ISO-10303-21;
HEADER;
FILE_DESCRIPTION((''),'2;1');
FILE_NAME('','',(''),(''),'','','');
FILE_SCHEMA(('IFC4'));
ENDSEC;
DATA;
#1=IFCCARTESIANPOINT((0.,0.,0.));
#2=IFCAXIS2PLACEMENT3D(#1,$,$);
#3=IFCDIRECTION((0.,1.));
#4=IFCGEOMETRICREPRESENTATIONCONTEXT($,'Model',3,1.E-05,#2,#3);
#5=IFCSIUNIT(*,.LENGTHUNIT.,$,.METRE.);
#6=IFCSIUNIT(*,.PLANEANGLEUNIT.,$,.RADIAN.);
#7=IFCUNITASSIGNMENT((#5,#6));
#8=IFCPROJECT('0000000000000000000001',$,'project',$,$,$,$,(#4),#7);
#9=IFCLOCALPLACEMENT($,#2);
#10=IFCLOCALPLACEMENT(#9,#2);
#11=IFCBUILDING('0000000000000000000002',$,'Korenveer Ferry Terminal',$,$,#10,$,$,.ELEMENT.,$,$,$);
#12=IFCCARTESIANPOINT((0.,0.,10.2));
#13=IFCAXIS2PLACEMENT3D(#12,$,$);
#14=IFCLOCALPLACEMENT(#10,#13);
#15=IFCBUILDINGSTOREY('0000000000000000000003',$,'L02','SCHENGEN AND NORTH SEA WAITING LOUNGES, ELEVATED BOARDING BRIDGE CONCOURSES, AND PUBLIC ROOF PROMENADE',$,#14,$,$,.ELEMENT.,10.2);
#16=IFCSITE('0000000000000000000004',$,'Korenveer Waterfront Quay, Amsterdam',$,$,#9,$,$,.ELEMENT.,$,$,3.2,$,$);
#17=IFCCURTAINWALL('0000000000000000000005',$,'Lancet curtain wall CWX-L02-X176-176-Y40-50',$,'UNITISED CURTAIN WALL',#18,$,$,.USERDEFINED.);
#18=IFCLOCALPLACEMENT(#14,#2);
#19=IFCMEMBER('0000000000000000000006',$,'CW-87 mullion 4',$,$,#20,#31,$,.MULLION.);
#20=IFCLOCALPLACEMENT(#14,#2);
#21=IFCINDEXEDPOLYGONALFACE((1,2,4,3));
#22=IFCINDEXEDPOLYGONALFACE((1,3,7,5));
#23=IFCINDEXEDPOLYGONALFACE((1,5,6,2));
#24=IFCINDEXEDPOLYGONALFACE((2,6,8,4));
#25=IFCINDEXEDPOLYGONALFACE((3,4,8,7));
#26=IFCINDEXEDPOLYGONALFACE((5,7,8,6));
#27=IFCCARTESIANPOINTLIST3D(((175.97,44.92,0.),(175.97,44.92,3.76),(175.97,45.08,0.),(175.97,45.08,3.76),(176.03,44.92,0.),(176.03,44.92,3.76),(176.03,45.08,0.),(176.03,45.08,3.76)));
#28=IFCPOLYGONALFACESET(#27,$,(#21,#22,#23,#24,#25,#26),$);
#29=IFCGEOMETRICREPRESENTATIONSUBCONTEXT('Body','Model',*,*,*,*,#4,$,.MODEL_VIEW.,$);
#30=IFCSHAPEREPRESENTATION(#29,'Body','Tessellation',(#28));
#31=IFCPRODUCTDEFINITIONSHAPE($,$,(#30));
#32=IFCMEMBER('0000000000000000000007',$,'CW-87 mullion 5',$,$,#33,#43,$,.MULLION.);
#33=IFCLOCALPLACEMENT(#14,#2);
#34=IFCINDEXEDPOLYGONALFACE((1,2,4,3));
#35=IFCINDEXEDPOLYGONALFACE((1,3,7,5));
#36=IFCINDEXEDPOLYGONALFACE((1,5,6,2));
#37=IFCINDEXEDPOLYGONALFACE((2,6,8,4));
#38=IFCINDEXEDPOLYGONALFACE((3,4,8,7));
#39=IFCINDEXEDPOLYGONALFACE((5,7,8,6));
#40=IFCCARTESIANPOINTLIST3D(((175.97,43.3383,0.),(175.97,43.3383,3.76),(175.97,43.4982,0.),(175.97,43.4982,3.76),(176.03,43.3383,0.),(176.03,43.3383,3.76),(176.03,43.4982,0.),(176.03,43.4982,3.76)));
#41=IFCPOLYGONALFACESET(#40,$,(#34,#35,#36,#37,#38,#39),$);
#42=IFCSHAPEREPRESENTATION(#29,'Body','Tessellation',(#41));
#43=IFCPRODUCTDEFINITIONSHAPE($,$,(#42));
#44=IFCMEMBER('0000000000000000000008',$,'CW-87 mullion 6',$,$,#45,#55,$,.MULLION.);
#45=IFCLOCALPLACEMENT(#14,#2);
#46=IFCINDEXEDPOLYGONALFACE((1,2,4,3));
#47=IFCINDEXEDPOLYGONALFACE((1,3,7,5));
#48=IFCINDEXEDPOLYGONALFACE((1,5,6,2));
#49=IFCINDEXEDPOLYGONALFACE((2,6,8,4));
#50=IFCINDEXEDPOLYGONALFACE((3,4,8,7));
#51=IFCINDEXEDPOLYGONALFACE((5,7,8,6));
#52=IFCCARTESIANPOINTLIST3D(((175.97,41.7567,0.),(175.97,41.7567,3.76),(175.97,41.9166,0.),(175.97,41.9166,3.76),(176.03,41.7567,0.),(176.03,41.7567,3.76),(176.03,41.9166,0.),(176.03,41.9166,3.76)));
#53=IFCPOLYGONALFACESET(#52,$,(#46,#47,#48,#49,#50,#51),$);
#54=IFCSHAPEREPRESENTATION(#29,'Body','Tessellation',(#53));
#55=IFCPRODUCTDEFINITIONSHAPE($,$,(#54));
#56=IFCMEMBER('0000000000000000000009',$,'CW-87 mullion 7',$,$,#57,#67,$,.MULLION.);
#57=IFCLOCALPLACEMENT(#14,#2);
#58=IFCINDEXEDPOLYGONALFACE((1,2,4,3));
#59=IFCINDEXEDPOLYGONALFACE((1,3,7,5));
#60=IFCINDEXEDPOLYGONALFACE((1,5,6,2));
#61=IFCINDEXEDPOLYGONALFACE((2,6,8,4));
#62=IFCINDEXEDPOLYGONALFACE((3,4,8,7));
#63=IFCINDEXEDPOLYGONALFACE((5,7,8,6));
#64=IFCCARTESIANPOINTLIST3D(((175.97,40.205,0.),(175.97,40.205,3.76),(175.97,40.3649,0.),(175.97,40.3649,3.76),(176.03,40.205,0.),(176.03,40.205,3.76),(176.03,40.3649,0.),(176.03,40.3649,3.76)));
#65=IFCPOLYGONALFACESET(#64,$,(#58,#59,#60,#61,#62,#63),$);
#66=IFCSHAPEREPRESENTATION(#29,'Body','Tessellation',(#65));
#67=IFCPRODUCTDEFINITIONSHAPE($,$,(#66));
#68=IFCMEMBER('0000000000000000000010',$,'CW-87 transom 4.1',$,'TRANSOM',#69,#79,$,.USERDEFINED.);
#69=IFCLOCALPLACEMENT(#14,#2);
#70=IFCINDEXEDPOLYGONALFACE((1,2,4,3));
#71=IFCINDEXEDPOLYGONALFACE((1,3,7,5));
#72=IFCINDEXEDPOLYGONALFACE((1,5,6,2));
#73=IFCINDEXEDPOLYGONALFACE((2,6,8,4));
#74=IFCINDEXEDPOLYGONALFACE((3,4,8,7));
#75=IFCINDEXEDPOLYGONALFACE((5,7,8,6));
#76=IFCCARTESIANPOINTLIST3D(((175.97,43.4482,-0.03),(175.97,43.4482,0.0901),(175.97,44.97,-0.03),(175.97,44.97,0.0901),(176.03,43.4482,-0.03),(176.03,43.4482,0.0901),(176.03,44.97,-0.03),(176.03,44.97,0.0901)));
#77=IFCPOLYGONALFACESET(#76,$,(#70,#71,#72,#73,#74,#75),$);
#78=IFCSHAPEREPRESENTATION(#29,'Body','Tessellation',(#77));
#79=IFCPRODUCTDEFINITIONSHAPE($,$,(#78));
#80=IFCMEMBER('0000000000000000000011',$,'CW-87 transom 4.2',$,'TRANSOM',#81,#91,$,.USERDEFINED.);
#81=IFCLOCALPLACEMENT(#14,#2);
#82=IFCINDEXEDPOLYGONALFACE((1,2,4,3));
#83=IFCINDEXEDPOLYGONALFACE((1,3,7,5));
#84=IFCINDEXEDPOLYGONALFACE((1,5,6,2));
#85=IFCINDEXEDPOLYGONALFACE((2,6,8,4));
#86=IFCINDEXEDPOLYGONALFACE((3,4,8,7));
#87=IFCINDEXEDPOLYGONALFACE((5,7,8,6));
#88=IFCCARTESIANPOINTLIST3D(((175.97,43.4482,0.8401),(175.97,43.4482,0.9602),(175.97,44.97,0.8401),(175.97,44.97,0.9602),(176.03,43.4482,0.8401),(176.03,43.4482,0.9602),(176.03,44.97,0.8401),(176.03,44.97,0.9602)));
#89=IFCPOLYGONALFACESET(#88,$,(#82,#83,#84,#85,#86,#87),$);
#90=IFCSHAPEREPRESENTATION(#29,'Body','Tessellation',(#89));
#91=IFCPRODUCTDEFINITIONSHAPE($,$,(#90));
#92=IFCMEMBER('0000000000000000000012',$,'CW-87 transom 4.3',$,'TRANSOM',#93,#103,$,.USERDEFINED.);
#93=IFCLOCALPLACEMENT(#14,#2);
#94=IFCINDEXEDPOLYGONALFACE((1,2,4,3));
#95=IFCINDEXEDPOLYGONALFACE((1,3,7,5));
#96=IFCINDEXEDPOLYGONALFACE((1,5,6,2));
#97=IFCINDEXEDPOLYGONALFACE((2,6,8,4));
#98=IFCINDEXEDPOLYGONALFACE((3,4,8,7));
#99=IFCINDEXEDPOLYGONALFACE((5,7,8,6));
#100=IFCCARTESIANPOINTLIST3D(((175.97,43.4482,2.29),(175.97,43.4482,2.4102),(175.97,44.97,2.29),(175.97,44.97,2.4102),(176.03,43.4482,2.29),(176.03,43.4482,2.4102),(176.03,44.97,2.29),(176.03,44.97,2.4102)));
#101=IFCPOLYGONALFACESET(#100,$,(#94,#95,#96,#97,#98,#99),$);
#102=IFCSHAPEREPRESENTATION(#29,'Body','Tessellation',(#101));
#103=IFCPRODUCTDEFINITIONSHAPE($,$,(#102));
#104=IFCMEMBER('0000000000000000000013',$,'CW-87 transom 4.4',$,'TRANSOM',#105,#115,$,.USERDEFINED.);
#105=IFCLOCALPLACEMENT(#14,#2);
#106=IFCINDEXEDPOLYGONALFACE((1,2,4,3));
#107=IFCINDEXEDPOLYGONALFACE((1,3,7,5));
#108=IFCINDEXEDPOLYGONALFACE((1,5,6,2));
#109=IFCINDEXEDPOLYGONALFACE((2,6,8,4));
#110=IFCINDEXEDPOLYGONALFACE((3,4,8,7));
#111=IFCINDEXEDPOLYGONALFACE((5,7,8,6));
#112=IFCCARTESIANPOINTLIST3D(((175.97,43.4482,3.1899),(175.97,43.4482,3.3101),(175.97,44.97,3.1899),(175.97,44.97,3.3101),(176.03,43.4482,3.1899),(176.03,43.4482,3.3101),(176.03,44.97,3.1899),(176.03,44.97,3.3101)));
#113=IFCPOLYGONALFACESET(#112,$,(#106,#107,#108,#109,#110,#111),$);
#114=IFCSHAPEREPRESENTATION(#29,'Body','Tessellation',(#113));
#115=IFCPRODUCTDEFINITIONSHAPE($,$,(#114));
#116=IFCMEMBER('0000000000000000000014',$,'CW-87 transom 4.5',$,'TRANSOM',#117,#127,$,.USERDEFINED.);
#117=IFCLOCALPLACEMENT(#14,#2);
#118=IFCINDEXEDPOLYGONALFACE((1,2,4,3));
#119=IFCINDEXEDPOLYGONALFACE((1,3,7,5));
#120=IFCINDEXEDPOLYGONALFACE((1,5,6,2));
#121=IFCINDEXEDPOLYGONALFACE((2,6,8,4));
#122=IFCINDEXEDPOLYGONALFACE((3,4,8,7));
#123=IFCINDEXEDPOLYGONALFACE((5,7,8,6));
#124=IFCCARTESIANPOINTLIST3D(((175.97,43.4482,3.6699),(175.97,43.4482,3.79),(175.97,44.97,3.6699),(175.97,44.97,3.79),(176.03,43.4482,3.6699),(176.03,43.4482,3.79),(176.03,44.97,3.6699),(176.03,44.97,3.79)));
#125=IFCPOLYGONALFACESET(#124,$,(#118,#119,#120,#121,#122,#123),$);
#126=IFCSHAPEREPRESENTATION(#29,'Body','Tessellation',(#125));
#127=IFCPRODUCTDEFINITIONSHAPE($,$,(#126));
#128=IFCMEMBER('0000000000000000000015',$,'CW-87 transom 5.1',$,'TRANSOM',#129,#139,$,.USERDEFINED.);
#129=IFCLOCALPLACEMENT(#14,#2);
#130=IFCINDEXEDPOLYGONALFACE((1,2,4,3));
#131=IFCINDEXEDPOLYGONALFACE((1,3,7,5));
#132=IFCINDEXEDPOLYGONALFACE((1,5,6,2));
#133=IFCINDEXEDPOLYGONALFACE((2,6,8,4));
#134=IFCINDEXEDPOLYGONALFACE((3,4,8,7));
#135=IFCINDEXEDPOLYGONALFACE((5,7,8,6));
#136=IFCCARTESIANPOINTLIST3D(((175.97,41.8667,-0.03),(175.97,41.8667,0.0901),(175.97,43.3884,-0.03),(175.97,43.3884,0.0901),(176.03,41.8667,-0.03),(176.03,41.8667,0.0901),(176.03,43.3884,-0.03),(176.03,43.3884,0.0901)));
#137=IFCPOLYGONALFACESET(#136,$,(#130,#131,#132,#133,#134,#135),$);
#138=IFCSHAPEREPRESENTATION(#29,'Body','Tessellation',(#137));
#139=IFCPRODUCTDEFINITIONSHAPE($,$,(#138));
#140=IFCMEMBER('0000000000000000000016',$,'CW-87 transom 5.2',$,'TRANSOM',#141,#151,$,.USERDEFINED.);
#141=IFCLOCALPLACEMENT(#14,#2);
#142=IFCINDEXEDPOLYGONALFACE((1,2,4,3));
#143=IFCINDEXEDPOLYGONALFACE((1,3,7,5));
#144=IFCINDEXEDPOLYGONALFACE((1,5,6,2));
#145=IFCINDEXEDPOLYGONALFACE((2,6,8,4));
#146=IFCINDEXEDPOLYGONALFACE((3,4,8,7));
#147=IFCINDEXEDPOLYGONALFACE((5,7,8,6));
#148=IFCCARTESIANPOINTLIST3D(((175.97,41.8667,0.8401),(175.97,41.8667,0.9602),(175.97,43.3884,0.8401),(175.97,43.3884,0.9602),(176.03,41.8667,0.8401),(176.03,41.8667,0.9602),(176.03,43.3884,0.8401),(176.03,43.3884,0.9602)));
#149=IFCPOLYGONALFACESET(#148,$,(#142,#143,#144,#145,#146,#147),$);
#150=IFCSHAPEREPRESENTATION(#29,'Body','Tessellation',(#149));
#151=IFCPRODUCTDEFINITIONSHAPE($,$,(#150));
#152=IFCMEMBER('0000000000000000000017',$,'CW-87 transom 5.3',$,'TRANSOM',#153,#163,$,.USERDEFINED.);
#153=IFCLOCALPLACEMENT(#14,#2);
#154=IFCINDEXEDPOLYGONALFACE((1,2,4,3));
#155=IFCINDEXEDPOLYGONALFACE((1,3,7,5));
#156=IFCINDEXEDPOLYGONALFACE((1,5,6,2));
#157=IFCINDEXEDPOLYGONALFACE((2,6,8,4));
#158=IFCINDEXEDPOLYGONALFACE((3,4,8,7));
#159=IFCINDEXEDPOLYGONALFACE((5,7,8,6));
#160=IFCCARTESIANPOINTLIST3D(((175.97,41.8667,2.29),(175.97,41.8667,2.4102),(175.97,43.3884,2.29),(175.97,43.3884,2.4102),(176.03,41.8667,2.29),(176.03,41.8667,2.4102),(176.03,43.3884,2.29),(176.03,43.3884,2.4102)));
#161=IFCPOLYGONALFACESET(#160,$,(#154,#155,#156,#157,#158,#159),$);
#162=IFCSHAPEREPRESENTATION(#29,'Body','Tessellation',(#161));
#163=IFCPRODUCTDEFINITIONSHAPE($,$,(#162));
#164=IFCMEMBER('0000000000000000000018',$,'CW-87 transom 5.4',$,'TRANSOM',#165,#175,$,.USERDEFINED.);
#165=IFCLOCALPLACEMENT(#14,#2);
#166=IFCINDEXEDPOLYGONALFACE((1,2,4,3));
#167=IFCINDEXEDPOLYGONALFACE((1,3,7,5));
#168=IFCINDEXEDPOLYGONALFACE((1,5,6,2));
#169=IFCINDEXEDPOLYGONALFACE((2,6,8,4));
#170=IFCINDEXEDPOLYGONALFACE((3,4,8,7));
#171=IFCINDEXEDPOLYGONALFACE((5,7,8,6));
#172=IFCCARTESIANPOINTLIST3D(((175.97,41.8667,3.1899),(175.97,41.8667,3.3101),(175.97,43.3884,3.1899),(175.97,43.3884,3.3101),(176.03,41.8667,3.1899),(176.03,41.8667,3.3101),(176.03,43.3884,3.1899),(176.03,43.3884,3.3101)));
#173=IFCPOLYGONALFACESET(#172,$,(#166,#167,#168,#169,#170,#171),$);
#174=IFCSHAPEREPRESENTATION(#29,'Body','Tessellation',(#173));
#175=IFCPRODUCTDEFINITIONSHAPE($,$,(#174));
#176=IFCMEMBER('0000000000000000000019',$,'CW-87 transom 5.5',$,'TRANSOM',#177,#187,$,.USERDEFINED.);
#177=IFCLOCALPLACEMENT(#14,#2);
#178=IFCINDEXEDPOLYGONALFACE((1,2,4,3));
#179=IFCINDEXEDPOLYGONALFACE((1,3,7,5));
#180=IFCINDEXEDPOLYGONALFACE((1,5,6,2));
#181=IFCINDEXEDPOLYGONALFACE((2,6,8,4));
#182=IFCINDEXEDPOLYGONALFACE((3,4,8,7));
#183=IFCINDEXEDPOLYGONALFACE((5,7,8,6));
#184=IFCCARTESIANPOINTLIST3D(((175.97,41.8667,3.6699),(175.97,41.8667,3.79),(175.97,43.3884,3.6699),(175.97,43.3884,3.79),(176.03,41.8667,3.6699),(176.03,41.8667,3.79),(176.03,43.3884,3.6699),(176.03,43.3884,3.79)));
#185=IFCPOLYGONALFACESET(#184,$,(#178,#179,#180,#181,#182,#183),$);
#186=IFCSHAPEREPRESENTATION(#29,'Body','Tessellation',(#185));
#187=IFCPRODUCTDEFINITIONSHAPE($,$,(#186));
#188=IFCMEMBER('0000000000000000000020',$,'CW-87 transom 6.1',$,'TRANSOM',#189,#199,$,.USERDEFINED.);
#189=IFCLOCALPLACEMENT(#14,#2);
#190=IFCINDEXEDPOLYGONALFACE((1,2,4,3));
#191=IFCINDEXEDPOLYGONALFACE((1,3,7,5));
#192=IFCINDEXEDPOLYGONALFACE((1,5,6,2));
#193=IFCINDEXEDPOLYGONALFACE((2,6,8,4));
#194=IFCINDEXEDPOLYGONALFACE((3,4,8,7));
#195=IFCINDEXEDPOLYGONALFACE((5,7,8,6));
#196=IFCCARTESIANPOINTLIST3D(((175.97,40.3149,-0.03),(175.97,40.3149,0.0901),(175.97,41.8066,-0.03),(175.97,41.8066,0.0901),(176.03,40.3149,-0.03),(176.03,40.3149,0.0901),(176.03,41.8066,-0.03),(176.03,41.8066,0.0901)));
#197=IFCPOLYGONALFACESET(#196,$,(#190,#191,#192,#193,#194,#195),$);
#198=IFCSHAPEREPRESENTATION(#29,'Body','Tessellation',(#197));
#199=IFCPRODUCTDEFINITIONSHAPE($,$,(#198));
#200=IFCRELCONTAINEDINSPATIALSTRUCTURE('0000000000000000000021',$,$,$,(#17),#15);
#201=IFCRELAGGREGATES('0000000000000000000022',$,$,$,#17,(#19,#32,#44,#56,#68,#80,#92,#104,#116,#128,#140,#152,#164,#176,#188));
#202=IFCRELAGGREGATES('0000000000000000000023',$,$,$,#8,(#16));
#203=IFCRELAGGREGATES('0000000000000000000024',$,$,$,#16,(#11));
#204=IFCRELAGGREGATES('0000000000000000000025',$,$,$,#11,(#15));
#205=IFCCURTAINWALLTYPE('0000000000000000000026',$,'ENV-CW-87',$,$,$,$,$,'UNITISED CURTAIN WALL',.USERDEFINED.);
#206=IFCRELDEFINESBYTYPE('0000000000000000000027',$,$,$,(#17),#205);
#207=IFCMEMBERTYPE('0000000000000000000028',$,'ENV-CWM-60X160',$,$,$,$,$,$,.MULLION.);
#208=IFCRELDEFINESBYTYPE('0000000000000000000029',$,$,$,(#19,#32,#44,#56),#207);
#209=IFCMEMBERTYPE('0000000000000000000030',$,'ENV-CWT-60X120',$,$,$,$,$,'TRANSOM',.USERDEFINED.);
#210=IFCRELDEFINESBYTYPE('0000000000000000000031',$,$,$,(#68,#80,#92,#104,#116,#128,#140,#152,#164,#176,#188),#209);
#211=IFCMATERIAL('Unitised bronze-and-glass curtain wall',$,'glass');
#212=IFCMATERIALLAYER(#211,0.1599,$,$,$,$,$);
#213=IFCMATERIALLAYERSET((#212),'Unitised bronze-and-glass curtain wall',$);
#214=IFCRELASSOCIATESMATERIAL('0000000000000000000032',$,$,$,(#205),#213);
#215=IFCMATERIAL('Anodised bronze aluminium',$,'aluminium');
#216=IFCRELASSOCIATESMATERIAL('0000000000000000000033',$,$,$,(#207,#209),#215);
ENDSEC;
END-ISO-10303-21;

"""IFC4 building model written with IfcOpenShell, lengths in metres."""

from ifc_helpers import new_model, si_unit, direction, frame, origin, origin_2d, place, context, subcontext, project, spatial, rectangle, extrude, material, layer, layer_set, material_profile, profile_set, type_object, element, aggregate, save


model = new_model("IFC4")

# Units and contexts
model_context = context("Model", 3, precision=1e-05, world=origin(), true_north=direction((0.0, 1.0)))
body_context = subcontext(model_context, "Body", "Model", "MODEL_VIEW")
ifc_project = project(units=[si_unit("LENGTHUNIT", "METRE"), si_unit("PLANEANGLEUNIT", "RADIAN")], contexts=[model_context])

# Site, building, storey
site_placement = place(None, origin())
site = spatial("IfcSite", under=ifc_project, at=site_placement, Name="Korenveer Waterfront Quay, Amsterdam", CompositionType="ELEMENT", RefElevation=3.2)
building_placement = place(site_placement, origin())
building = spatial("IfcBuilding", under=site, at=building_placement, Name="Korenveer Ferry Terminal", CompositionType="ELEMENT")
storey_placement = place(building_placement, frame((0.0, 0.0, 10.2)))
storey = spatial("IfcBuildingStorey", under=building, at=storey_placement, Name="L02", Description="SCHENGEN AND NORTH SEA WAITING LOUNGES, ELEVATED BOARDING BRIDGE CONCOURSES, AND PUBLIC ROOF PROMENADE", CompositionType="ELEMENT", Elevation=10.2)

# Curtain wall, members
ifc_material_1 = material(Name="Unitised bronze-and-glass curtain wall", Category="glass")
ifc_layer_1 = layer(ifc_material_1, 0.1599)
ifc_layer_set_1 = layer_set([ifc_layer_1], Name="Unitised bronze-and-glass curtain wall")
curtain_wall_type = type_object("IfcCurtainWallType", Name="ENV-CW-87", ElementType="UNITISED CURTAIN WALL", PredefinedType="USERDEFINED", material=ifc_layer_set_1)
curtain_wall_placement = place(storey_placement, frame((176.0, 49.7451, 0.0)))
curtain_wall = element("IfcCurtainWall", 1, at=curtain_wall_placement, inside=storey, type_object=curtain_wall_type, Name="Lancet curtain wall CWX-L02-X176-176-Y40-50", ObjectType="UNITISED CURTAIN WALL", PredefinedType="USERDEFINED")
ifc_material_2 = material(Name="Anodised bronze aluminium", Category="aluminium")
ifc_material_profile_1 = material_profile(ifc_material_2, rectangle(XDim=0.0601, YDim=0.1599, at=origin_2d()), Name="ALU 60x160")
ifc_profile_set_1 = profile_set([ifc_material_profile_1], Name="Anodised bronze aluminium")
member_type_1 = type_object("IfcMemberType", Name="ENV-CWM-60X160", PredefinedType="MULLION", material=ifc_profile_set_1)
member_1_placement = place(storey_placement, frame((176.0, 45.0, 0.0), z_axis=(0.0, 0.0, 1.0), x_axis=(1.0, 0.0, 0.0)))
member_1 = element("IfcMember", 2, at=member_1_placement, type_object=member_type_1, Name="CW-87 mullion 4", PredefinedType="MULLION", context=body_context, shape_type="SweptSolid", body=[
    extrude(rectangle(XDim=0.0601, YDim=0.1599, at=origin_2d()), origin(), (0.0, 0.0, 1.0), 3.76),
])
member_2_placement = place(storey_placement, frame((176.0, 43.4182, 0.0), z_axis=(0.0, 0.0, 1.0), x_axis=(1.0, 0.0, 0.0)))
member_2 = element("IfcMember", 3, at=member_2_placement, type_object=member_type_1, Name="CW-87 mullion 5", PredefinedType="MULLION", context=body_context, shape_type="SweptSolid", body=[
    extrude(rectangle(XDim=0.0601, YDim=0.1599, at=origin_2d()), origin(), (0.0, 0.0, 1.0), 3.76),
])
member_3_placement = place(storey_placement, frame((176.0, 41.8367, 0.0), z_axis=(0.0, 0.0, 1.0), x_axis=(1.0, 0.0, 0.0)))
member_3 = element("IfcMember", 4, at=member_3_placement, type_object=member_type_1, Name="CW-87 mullion 6", PredefinedType="MULLION", context=body_context, shape_type="SweptSolid", body=[
    extrude(rectangle(XDim=0.0601, YDim=0.1599, at=origin_2d()), origin(), (0.0, 0.0, 1.0), 3.76),
])
member_4_placement = place(storey_placement, frame((176.0, 40.2849, 0.0), z_axis=(0.0, 0.0, 1.0), x_axis=(1.0, 0.0, 0.0)))
member_4 = element("IfcMember", 5, at=member_4_placement, type_object=member_type_1, Name="CW-87 mullion 7", PredefinedType="MULLION", context=body_context, shape_type="SweptSolid", body=[
    extrude(rectangle(XDim=0.0601, YDim=0.1599, at=origin_2d()), origin(), (0.0, 0.0, 1.0), 3.76),
])
ifc_material_profile_2 = material_profile(ifc_material_2, rectangle(XDim=0.0601, YDim=0.1201, at=origin_2d()), Name="ALU 60x120")
ifc_profile_set_2 = profile_set([ifc_material_profile_2], Name="Anodised bronze aluminium")
member_type_2 = type_object("IfcMemberType", Name="ENV-CWT-60X120", ElementType="TRANSOM", PredefinedType="USERDEFINED", material=ifc_profile_set_2)
member_5_placement = place(storey_placement, frame((176.0, 44.97, 0.03), z_axis=(0.0, -1.0, 0.0), x_axis=(1.0, 0.0, 0.0)))
member_5 = element("IfcMember", 6, at=member_5_placement, type_object=member_type_2, Name="CW-87 transom 4.1", ObjectType="TRANSOM", PredefinedType="USERDEFINED", context=body_context, shape_type="SweptSolid", body=[
    extrude(rectangle(XDim=0.0601, YDim=0.1201, at=origin_2d()), origin(), (0.0, 0.0, 1.0), 1.5217),
])
member_6_placement = place(storey_placement, frame((176.0, 44.97, 0.9001), z_axis=(0.0, -1.0, 0.0), x_axis=(1.0, 0.0, 0.0)))
member_6 = element("IfcMember", 7, at=member_6_placement, type_object=member_type_2, Name="CW-87 transom 4.2", ObjectType="TRANSOM", PredefinedType="USERDEFINED", context=body_context, shape_type="SweptSolid", body=[
    extrude(rectangle(XDim=0.0601, YDim=0.1201, at=origin_2d()), origin(), (0.0, 0.0, 1.0), 1.5217),
])
member_7_placement = place(storey_placement, frame((176.0, 44.97, 2.3501), z_axis=(0.0, -1.0, 0.0), x_axis=(1.0, 0.0, 0.0)))
member_7 = element("IfcMember", 8, at=member_7_placement, type_object=member_type_2, Name="CW-87 transom 4.3", ObjectType="TRANSOM", PredefinedType="USERDEFINED", context=body_context, shape_type="SweptSolid", body=[
    extrude(rectangle(XDim=0.0601, YDim=0.1201, at=origin_2d()), origin(), (0.0, 0.0, 1.0), 1.5217),
])
member_8_placement = place(storey_placement, frame((176.0, 44.97, 3.25), z_axis=(0.0, -1.0, 0.0), x_axis=(1.0, 0.0, 0.0)))
member_8 = element("IfcMember", 9, at=member_8_placement, type_object=member_type_2, Name="CW-87 transom 4.4", ObjectType="TRANSOM", PredefinedType="USERDEFINED", context=body_context, shape_type="SweptSolid", body=[
    extrude(rectangle(XDim=0.0601, YDim=0.1201, at=origin_2d()), origin(), (0.0, 0.0, 1.0), 1.5217),
])
member_9_placement = place(storey_placement, frame((176.0, 44.97, 3.73), z_axis=(0.0, -1.0, 0.0), x_axis=(1.0, 0.0, 0.0)))
member_9 = element("IfcMember", 10, at=member_9_placement, type_object=member_type_2, Name="CW-87 transom 4.5", ObjectType="TRANSOM", PredefinedType="USERDEFINED", context=body_context, shape_type="SweptSolid", body=[
    extrude(rectangle(XDim=0.0601, YDim=0.1201, at=origin_2d()), origin(), (0.0, 0.0, 1.0), 1.5217),
])
member_10_placement = place(storey_placement, frame((176.0, 43.3884, 0.03), z_axis=(0.0, -1.0, 0.0), x_axis=(1.0, 0.0, 0.0)))
member_10 = element("IfcMember", 11, at=member_10_placement, type_object=member_type_2, Name="CW-87 transom 5.1", ObjectType="TRANSOM", PredefinedType="USERDEFINED", context=body_context, shape_type="SweptSolid", body=[
    extrude(rectangle(XDim=0.0601, YDim=0.1201, at=origin_2d()), origin(), (0.0, 0.0, 1.0), 1.5217),
])
member_11_placement = place(storey_placement, frame((176.0, 43.3884, 0.9001), z_axis=(0.0, -1.0, 0.0), x_axis=(1.0, 0.0, 0.0)))
member_11 = element("IfcMember", 12, at=member_11_placement, type_object=member_type_2, Name="CW-87 transom 5.2", ObjectType="TRANSOM", PredefinedType="USERDEFINED", context=body_context, shape_type="SweptSolid", body=[
    extrude(rectangle(XDim=0.0601, YDim=0.1201, at=origin_2d()), origin(), (0.0, 0.0, 1.0), 1.5217),
])
member_12_placement = place(storey_placement, frame((176.0, 43.3884, 2.3501), z_axis=(0.0, -1.0, 0.0), x_axis=(1.0, 0.0, 0.0)))
member_12 = element("IfcMember", 13, at=member_12_placement, type_object=member_type_2, Name="CW-87 transom 5.3", ObjectType="TRANSOM", PredefinedType="USERDEFINED", context=body_context, shape_type="SweptSolid", body=[
    extrude(rectangle(XDim=0.0601, YDim=0.1201, at=origin_2d()), origin(), (0.0, 0.0, 1.0), 1.5217),
])
member_13_placement = place(storey_placement, frame((176.0, 43.3884, 3.25), z_axis=(0.0, -1.0, 0.0), x_axis=(1.0, 0.0, 0.0)))
member_13 = element("IfcMember", 14, at=member_13_placement, type_object=member_type_2, Name="CW-87 transom 5.4", ObjectType="TRANSOM", PredefinedType="USERDEFINED", context=body_context, shape_type="SweptSolid", body=[
    extrude(rectangle(XDim=0.0601, YDim=0.1201, at=origin_2d()), origin(), (0.0, 0.0, 1.0), 1.5217),
])
member_14_placement = place(storey_placement, frame((176.0, 43.3884, 3.73), z_axis=(0.0, -1.0, 0.0), x_axis=(1.0, 0.0, 0.0)))
member_14 = element("IfcMember", 15, at=member_14_placement, type_object=member_type_2, Name="CW-87 transom 5.5", ObjectType="TRANSOM", PredefinedType="USERDEFINED", context=body_context, shape_type="SweptSolid", body=[
    extrude(rectangle(XDim=0.0601, YDim=0.1201, at=origin_2d()), origin(), (0.0, 0.0, 1.0), 1.5217),
])
member_15_placement = place(storey_placement, frame((176.0, 41.8066, 0.03), z_axis=(0.0, -1.0, 0.0), x_axis=(1.0, 0.0, 0.0)))
member_15 = element("IfcMember", 16, at=member_15_placement, type_object=member_type_2, Name="CW-87 transom 6.1", ObjectType="TRANSOM", PredefinedType="USERDEFINED", context=body_context, shape_type="SweptSolid", body=[
    extrude(rectangle(XDim=0.0601, YDim=0.1201, at=origin_2d()), origin(), (0.0, 0.0, 1.0), 1.4917),
])
aggregate(curtain_wall, [member_1, member_2, member_3, member_4, member_5, member_6, member_7, member_8, member_9, member_10, member_11, member_12, member_13, member_14, member_15])

save(model, "model.ifc")
